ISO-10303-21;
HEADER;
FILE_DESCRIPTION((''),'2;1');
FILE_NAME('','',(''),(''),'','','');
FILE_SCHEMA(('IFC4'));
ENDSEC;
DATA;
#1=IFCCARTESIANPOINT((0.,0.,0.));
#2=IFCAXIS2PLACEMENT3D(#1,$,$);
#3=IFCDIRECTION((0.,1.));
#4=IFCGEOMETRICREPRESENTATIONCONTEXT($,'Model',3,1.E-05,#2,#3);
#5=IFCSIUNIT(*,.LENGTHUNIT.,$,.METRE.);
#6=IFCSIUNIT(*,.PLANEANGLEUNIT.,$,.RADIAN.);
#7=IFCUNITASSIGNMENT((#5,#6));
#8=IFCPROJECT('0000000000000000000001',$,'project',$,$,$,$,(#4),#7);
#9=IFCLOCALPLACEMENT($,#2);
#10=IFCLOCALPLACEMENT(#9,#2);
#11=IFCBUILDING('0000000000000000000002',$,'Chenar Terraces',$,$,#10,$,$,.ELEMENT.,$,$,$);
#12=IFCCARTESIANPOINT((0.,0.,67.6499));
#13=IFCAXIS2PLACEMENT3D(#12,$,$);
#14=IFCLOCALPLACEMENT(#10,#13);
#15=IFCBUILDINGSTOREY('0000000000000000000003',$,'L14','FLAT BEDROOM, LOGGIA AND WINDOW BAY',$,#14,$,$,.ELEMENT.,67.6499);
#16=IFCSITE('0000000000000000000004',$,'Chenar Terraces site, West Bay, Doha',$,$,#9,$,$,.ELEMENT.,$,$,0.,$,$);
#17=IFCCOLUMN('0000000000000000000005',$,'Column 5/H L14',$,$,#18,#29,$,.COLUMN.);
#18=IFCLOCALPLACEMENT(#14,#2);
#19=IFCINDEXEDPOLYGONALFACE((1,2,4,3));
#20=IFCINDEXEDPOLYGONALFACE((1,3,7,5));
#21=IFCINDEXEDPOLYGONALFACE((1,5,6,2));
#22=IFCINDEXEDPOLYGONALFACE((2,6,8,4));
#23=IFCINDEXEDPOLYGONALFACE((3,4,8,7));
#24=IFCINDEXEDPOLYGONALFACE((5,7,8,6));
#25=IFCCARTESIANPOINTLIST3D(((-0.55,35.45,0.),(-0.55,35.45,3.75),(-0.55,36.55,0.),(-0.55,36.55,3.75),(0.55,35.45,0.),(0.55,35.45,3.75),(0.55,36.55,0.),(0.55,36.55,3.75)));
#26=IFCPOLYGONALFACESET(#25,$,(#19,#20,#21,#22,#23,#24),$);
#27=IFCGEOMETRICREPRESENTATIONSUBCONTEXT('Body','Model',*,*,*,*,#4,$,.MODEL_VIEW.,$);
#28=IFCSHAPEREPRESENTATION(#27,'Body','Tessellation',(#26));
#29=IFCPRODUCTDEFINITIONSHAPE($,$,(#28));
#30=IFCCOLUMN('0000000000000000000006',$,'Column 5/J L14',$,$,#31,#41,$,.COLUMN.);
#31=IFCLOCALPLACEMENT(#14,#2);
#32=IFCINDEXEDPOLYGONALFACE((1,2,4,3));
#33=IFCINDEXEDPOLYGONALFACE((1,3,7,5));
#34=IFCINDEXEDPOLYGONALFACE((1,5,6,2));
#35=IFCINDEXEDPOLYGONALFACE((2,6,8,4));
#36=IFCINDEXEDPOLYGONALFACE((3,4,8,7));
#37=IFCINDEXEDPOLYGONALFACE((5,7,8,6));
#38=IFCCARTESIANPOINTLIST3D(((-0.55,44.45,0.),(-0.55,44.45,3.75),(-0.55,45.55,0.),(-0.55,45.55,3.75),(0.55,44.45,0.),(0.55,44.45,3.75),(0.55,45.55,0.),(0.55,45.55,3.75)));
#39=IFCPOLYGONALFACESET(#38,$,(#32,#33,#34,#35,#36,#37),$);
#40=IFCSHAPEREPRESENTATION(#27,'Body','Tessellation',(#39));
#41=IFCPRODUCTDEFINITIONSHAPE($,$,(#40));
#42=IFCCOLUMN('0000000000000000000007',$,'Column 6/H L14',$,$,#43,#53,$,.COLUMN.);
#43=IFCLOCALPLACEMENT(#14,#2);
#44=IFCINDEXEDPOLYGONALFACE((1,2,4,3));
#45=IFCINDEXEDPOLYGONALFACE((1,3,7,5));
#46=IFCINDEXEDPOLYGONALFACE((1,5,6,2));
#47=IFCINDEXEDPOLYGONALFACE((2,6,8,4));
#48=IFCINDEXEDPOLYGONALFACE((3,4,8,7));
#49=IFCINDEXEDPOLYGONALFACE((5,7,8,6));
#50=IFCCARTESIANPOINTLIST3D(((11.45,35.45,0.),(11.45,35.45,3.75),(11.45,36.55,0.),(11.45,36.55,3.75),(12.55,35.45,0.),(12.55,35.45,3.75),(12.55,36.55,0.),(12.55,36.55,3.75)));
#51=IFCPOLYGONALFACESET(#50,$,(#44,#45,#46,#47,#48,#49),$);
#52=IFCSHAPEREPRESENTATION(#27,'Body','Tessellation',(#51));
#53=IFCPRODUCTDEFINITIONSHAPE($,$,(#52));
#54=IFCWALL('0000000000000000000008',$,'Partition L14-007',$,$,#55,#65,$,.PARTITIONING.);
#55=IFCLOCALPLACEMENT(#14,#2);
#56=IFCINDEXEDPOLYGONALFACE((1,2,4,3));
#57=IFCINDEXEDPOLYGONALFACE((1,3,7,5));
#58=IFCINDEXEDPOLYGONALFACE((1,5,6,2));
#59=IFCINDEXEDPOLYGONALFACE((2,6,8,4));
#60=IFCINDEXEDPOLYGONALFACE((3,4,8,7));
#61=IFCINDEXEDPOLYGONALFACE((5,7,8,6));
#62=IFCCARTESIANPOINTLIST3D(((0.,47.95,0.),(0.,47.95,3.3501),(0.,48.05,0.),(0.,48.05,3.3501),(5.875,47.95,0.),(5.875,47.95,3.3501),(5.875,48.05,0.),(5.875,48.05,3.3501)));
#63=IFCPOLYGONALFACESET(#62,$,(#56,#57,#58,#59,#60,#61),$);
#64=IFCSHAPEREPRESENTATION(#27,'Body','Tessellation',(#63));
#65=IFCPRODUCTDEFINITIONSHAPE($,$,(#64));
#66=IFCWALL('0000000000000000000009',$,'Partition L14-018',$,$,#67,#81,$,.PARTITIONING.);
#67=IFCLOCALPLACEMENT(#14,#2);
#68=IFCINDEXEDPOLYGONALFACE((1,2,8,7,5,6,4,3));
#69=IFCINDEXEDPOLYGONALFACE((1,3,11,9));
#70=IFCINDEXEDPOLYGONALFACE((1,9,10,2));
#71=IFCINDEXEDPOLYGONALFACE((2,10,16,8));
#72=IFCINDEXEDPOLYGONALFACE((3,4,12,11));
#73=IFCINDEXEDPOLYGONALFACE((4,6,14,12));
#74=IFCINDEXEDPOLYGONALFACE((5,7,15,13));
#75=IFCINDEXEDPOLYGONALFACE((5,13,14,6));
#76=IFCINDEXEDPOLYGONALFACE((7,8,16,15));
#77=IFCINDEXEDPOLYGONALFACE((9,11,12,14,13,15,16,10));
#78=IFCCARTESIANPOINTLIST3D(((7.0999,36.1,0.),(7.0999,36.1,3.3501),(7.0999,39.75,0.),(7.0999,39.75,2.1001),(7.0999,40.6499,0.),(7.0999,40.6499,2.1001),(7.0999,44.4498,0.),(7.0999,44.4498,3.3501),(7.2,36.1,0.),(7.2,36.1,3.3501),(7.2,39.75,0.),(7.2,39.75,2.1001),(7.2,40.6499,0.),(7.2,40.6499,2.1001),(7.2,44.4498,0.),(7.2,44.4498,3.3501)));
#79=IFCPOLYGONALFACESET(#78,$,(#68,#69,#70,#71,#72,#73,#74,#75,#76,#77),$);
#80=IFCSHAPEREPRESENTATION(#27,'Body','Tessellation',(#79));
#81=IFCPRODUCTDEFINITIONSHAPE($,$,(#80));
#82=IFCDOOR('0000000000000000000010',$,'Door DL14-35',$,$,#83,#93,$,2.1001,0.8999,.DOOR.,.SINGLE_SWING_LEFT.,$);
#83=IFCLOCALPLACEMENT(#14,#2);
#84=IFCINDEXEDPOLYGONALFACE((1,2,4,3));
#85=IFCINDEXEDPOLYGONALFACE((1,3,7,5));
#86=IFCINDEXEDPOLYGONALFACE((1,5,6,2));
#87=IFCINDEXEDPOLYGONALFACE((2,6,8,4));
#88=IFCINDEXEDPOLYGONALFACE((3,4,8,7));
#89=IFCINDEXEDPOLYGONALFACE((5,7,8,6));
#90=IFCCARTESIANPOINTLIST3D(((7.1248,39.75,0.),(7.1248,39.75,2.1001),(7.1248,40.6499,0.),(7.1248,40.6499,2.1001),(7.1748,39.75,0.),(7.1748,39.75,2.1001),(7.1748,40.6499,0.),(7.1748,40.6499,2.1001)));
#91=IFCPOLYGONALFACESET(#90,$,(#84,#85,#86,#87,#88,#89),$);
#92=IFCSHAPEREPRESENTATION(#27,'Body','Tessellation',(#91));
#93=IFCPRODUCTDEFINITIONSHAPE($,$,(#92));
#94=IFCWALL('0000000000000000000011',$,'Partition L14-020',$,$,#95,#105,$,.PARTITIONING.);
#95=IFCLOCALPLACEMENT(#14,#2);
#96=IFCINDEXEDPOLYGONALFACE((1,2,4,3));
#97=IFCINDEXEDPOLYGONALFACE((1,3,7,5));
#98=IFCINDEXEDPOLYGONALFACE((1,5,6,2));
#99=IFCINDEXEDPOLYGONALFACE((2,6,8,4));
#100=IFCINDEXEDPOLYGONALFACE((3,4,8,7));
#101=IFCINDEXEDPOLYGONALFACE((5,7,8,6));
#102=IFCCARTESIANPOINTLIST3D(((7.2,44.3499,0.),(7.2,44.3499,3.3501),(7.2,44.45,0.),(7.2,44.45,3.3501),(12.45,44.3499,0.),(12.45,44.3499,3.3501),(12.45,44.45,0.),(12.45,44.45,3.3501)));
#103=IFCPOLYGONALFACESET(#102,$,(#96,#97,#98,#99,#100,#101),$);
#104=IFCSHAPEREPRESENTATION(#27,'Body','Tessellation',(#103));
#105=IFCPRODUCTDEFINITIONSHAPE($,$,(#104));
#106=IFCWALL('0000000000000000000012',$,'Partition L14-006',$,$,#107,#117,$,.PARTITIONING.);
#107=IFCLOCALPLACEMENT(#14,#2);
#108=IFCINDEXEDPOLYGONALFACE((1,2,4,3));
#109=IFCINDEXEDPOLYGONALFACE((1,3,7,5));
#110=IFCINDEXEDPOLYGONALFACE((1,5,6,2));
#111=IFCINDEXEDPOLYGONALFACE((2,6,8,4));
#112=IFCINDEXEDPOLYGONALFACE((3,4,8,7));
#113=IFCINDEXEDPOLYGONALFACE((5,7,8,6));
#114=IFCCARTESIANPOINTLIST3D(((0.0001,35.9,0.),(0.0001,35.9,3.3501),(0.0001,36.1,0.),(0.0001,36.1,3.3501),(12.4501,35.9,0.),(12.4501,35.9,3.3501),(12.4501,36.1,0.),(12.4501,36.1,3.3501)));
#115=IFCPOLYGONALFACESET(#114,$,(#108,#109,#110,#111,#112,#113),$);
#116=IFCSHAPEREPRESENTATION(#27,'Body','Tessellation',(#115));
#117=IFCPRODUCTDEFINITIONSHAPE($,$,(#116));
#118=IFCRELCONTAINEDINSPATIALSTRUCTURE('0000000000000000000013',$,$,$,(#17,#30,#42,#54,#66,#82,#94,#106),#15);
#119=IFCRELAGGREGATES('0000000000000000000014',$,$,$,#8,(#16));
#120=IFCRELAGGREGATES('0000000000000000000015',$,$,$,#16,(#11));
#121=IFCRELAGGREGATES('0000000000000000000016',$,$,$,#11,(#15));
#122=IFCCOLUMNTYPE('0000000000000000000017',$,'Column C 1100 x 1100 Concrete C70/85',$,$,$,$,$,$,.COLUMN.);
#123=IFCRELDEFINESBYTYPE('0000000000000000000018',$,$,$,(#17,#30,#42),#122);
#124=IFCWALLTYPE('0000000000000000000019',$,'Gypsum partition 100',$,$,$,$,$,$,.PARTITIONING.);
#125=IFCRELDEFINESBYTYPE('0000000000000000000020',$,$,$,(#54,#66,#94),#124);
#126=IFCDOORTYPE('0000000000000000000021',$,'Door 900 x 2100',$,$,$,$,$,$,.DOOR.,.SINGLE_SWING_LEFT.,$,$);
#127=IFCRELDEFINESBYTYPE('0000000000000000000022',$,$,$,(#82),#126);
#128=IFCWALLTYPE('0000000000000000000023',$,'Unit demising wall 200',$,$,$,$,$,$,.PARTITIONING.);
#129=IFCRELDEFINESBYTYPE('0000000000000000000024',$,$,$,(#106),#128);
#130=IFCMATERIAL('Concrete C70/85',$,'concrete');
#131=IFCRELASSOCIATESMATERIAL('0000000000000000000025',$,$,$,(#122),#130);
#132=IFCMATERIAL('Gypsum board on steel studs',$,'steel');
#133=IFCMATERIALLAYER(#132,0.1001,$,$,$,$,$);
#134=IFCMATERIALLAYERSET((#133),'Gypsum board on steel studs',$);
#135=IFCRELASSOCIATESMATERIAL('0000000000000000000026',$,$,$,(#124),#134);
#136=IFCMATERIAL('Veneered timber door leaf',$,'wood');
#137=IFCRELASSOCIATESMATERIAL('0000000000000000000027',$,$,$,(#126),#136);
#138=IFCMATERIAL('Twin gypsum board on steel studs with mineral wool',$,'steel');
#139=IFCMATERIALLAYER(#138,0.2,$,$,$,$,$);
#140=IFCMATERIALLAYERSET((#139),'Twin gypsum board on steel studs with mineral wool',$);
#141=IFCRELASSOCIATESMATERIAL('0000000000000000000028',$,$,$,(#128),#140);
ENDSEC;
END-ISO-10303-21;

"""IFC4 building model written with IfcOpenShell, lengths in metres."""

from ifc_helpers import new_model, si_unit, direction, frame, frame_2d, origin, origin_2d, place, context, subcontext, project, spatial, rectangle, extrude, material, layer, layer_set, material_profile, profile_set, type_object, element, fill, save


model = new_model("IFC4")

# Units and contexts
model_context = context("Model", 3, precision=1e-05, world=origin(), true_north=direction((0.0, 1.0)))
body_context = subcontext(model_context, "Body", "Model", "MODEL_VIEW")
ifc_project = project(units=[si_unit("LENGTHUNIT", "METRE"), si_unit("PLANEANGLEUNIT", "RADIAN")], contexts=[model_context])

# Site, building, storey
site_placement = place(None, origin())
site = spatial("IfcSite", under=ifc_project, at=site_placement, Name="Chenar Terraces site, West Bay, Doha", CompositionType="ELEMENT", RefElevation=0.0)
building_placement = place(site_placement, origin())
building = spatial("IfcBuilding", under=site, at=building_placement, Name="Chenar Terraces", CompositionType="ELEMENT")
storey_placement = place(building_placement, frame((0.0, 0.0, 67.6499)))
storey = spatial("IfcBuildingStorey", under=building, at=storey_placement, Name="L14", Description="FLAT BEDROOM, LOGGIA AND WINDOW BAY", CompositionType="ELEMENT", Elevation=67.6499)

# Columns
ifc_material_1 = material(Name="Concrete C70/85", Category="concrete")
ifc_material_profile = material_profile(ifc_material_1, rectangle(XDim=1.1001, YDim=1.1001, at=origin_2d()), Name="C 1100 x 1100")
ifc_profile_set = profile_set([ifc_material_profile], Name="Concrete C70/85")
column_type = type_object("IfcColumnType", Name="Column C 1100 x 1100 Concrete C70/85", PredefinedType="COLUMN", material=ifc_profile_set)
placement = place(storey_placement, frame((0.0, 36.0, 0.0), z_axis=(0.0, 0.0, 1.0), x_axis=(1.0, 0.0, 0.0)))
element("IfcColumn", 1, at=placement, inside=storey, type_object=column_type, Name="Column 5/H L14", PredefinedType="COLUMN", context=body_context, shape_type="SweptSolid", body=[
    extrude(rectangle(XDim=1.1001, YDim=1.1001, at=origin_2d()), origin(), (0.0, 0.0, 1.0), 3.75),
])
for number, where, z_axis, x_axis, name in (
    (2, (0.0, 45.0, 0.0), (0.0, 0.0, 1.0), (1.0, 0.0, 0.0), "Column 5/J L14"),
    (3, (12.0, 36.0, 0.0), (0.0, 0.0, 1.0), (1.0, 0.0, 0.0), "Column 6/H L14"),
):
    element("IfcColumn", number, at=place(storey_placement, frame(where, z_axis=z_axis, x_axis=x_axis)), inside=storey, type_object=column_type, Name=name, PredefinedType="COLUMN", context=body_context, shape_type="SweptSolid", body=[
        extrude(rectangle(XDim=1.1001, YDim=1.1001, at=origin_2d()), origin(), (0.0, 0.0, 1.0), 3.75),
    ])

# Wall
ifc_material_2 = material(Name="Gypsum board on steel studs", Category="steel")
ifc_layer_1 = layer(ifc_material_2, 0.1001)
ifc_layer_set_1 = layer_set([ifc_layer_1], Name="Gypsum board on steel studs")
wall_type_1 = type_object("IfcWallType", Name="Gypsum partition 100", PredefinedType="PARTITIONING", material=ifc_layer_set_1)
wall_1_placement = place(storey_placement, frame((0.0, 48.0, 0.0), z_axis=(0.0, 0.0, 1.0), x_axis=(1.0, 0.0, 0.0)))
element("IfcWall", 4, at=wall_1_placement, inside=storey, type_object=wall_type_1, Name="Partition L14-007", PredefinedType="PARTITIONING", context=body_context, shape_type="SweptSolid", body=[
    extrude(rectangle(XDim=5.875, YDim=0.1001, at=frame_2d((2.9375, 0.0))), origin(), (0.0, 0.0, 1.0), 3.3501),
])

# Wall, opening, door
wall_2_placement = place(storey_placement, frame((7.1499, 36.1001, 0.0), z_axis=(0.0, 0.0, 1.0), x_axis=(0.0, 1.0, 0.0)))
wall_2 = element("IfcWall", 5, at=wall_2_placement, inside=storey, type_object=wall_type_1, Name="Partition L14-018", PredefinedType="PARTITIONING", context=body_context, shape_type="SweptSolid", body=[
    extrude(rectangle(XDim=8.3499, YDim=0.1001, at=frame_2d((4.1748, 0.0))), origin(), (0.0, 0.0, 1.0), 3.3501),
])
opening_1_placement = place(wall_2_placement, frame((3.6499, 0.0, 0.0)))
opening_1 = element("IfcOpeningElement", 6, at=opening_1_placement, cuts=wall_2, PredefinedType="OPENING", context=body_context, shape_type="SweptSolid", body=[
    extrude(rectangle(XDim=0.8999, YDim=2.1001, at=frame_2d((0.45, 1.05))), frame((0.0, 0.0601, 0.0), z_axis=(0.0, -1.0, 0.0), x_axis=(1.0, 0.0, 0.0)), (0.0, 0.0, 1.0), 0.1201),
])
ifc_material_3 = material(Name="Veneered timber door leaf", Category="wood")
door_type_1 = type_object("IfcDoorType", Name="Door 900 x 2100", OperationType="SINGLE_SWING_LEFT", PredefinedType="DOOR", material=ifc_material_3)
door_1_placement = place(opening_1_placement, frame((0.8999, 0.0, 0.0), z_axis=(0.0, 0.0, 1.0), x_axis=(-1.0, 0.0, 0.0)))
door_1 = element("IfcDoor", 7, at=door_1_placement, inside=storey, type_object=door_type_1, Name="Door DL14-35", OperationType="SINGLE_SWING_LEFT", OverallHeight=2.1001, OverallWidth=0.8999, PredefinedType="DOOR", context=body_context, shape_type="SweptSolid", body=[
    extrude(rectangle(XDim=0.8999, YDim=2.1001, at=frame_2d((0.45, 1.05))), frame((0.0, 0.0249, 0.0), z_axis=(0.0, -1.0, 0.0), x_axis=(1.0, 0.0, 0.0)), (0.0, 0.0, 1.0), 0.05),
])
fill(opening_1, door_1)

# Walls
wall_3_placement = place(storey_placement, frame((7.2, 44.3999, 0.0), z_axis=(0.0, 0.0, 1.0), x_axis=(1.0, 0.0, 0.0)))
element("IfcWall", 8, at=wall_3_placement, inside=storey, type_object=wall_type_1, Name="Partition L14-020", PredefinedType="PARTITIONING", context=body_context, shape_type="SweptSolid", body=[
    extrude(rectangle(XDim=5.25, YDim=0.1001, at=frame_2d((2.625, 0.0))), origin(), (0.0, 0.0, 1.0), 3.3501),
])
ifc_material_4 = material(Name="Twin gypsum board on steel studs with mineral wool", Category="steel")
ifc_layer_2 = layer(ifc_material_4, 0.2)
ifc_layer_set_2 = layer_set([ifc_layer_2], Name="Twin gypsum board on steel studs with mineral wool")
wall_type_2 = type_object("IfcWallType", Name="Unit demising wall 200", PredefinedType="PARTITIONING", material=ifc_layer_set_2)
element("IfcWall", 9, at=placement, inside=storey, type_object=wall_type_2, Name="Partition L14-006", PredefinedType="PARTITIONING", context=body_context, shape_type="SweptSolid", body=[
    extrude(rectangle(XDim=12.45, YDim=0.2, at=frame_2d((6.2251, 0.0))), origin(), (0.0, 0.0, 1.0), 3.3501),
])

save(model, "model.ifc")
